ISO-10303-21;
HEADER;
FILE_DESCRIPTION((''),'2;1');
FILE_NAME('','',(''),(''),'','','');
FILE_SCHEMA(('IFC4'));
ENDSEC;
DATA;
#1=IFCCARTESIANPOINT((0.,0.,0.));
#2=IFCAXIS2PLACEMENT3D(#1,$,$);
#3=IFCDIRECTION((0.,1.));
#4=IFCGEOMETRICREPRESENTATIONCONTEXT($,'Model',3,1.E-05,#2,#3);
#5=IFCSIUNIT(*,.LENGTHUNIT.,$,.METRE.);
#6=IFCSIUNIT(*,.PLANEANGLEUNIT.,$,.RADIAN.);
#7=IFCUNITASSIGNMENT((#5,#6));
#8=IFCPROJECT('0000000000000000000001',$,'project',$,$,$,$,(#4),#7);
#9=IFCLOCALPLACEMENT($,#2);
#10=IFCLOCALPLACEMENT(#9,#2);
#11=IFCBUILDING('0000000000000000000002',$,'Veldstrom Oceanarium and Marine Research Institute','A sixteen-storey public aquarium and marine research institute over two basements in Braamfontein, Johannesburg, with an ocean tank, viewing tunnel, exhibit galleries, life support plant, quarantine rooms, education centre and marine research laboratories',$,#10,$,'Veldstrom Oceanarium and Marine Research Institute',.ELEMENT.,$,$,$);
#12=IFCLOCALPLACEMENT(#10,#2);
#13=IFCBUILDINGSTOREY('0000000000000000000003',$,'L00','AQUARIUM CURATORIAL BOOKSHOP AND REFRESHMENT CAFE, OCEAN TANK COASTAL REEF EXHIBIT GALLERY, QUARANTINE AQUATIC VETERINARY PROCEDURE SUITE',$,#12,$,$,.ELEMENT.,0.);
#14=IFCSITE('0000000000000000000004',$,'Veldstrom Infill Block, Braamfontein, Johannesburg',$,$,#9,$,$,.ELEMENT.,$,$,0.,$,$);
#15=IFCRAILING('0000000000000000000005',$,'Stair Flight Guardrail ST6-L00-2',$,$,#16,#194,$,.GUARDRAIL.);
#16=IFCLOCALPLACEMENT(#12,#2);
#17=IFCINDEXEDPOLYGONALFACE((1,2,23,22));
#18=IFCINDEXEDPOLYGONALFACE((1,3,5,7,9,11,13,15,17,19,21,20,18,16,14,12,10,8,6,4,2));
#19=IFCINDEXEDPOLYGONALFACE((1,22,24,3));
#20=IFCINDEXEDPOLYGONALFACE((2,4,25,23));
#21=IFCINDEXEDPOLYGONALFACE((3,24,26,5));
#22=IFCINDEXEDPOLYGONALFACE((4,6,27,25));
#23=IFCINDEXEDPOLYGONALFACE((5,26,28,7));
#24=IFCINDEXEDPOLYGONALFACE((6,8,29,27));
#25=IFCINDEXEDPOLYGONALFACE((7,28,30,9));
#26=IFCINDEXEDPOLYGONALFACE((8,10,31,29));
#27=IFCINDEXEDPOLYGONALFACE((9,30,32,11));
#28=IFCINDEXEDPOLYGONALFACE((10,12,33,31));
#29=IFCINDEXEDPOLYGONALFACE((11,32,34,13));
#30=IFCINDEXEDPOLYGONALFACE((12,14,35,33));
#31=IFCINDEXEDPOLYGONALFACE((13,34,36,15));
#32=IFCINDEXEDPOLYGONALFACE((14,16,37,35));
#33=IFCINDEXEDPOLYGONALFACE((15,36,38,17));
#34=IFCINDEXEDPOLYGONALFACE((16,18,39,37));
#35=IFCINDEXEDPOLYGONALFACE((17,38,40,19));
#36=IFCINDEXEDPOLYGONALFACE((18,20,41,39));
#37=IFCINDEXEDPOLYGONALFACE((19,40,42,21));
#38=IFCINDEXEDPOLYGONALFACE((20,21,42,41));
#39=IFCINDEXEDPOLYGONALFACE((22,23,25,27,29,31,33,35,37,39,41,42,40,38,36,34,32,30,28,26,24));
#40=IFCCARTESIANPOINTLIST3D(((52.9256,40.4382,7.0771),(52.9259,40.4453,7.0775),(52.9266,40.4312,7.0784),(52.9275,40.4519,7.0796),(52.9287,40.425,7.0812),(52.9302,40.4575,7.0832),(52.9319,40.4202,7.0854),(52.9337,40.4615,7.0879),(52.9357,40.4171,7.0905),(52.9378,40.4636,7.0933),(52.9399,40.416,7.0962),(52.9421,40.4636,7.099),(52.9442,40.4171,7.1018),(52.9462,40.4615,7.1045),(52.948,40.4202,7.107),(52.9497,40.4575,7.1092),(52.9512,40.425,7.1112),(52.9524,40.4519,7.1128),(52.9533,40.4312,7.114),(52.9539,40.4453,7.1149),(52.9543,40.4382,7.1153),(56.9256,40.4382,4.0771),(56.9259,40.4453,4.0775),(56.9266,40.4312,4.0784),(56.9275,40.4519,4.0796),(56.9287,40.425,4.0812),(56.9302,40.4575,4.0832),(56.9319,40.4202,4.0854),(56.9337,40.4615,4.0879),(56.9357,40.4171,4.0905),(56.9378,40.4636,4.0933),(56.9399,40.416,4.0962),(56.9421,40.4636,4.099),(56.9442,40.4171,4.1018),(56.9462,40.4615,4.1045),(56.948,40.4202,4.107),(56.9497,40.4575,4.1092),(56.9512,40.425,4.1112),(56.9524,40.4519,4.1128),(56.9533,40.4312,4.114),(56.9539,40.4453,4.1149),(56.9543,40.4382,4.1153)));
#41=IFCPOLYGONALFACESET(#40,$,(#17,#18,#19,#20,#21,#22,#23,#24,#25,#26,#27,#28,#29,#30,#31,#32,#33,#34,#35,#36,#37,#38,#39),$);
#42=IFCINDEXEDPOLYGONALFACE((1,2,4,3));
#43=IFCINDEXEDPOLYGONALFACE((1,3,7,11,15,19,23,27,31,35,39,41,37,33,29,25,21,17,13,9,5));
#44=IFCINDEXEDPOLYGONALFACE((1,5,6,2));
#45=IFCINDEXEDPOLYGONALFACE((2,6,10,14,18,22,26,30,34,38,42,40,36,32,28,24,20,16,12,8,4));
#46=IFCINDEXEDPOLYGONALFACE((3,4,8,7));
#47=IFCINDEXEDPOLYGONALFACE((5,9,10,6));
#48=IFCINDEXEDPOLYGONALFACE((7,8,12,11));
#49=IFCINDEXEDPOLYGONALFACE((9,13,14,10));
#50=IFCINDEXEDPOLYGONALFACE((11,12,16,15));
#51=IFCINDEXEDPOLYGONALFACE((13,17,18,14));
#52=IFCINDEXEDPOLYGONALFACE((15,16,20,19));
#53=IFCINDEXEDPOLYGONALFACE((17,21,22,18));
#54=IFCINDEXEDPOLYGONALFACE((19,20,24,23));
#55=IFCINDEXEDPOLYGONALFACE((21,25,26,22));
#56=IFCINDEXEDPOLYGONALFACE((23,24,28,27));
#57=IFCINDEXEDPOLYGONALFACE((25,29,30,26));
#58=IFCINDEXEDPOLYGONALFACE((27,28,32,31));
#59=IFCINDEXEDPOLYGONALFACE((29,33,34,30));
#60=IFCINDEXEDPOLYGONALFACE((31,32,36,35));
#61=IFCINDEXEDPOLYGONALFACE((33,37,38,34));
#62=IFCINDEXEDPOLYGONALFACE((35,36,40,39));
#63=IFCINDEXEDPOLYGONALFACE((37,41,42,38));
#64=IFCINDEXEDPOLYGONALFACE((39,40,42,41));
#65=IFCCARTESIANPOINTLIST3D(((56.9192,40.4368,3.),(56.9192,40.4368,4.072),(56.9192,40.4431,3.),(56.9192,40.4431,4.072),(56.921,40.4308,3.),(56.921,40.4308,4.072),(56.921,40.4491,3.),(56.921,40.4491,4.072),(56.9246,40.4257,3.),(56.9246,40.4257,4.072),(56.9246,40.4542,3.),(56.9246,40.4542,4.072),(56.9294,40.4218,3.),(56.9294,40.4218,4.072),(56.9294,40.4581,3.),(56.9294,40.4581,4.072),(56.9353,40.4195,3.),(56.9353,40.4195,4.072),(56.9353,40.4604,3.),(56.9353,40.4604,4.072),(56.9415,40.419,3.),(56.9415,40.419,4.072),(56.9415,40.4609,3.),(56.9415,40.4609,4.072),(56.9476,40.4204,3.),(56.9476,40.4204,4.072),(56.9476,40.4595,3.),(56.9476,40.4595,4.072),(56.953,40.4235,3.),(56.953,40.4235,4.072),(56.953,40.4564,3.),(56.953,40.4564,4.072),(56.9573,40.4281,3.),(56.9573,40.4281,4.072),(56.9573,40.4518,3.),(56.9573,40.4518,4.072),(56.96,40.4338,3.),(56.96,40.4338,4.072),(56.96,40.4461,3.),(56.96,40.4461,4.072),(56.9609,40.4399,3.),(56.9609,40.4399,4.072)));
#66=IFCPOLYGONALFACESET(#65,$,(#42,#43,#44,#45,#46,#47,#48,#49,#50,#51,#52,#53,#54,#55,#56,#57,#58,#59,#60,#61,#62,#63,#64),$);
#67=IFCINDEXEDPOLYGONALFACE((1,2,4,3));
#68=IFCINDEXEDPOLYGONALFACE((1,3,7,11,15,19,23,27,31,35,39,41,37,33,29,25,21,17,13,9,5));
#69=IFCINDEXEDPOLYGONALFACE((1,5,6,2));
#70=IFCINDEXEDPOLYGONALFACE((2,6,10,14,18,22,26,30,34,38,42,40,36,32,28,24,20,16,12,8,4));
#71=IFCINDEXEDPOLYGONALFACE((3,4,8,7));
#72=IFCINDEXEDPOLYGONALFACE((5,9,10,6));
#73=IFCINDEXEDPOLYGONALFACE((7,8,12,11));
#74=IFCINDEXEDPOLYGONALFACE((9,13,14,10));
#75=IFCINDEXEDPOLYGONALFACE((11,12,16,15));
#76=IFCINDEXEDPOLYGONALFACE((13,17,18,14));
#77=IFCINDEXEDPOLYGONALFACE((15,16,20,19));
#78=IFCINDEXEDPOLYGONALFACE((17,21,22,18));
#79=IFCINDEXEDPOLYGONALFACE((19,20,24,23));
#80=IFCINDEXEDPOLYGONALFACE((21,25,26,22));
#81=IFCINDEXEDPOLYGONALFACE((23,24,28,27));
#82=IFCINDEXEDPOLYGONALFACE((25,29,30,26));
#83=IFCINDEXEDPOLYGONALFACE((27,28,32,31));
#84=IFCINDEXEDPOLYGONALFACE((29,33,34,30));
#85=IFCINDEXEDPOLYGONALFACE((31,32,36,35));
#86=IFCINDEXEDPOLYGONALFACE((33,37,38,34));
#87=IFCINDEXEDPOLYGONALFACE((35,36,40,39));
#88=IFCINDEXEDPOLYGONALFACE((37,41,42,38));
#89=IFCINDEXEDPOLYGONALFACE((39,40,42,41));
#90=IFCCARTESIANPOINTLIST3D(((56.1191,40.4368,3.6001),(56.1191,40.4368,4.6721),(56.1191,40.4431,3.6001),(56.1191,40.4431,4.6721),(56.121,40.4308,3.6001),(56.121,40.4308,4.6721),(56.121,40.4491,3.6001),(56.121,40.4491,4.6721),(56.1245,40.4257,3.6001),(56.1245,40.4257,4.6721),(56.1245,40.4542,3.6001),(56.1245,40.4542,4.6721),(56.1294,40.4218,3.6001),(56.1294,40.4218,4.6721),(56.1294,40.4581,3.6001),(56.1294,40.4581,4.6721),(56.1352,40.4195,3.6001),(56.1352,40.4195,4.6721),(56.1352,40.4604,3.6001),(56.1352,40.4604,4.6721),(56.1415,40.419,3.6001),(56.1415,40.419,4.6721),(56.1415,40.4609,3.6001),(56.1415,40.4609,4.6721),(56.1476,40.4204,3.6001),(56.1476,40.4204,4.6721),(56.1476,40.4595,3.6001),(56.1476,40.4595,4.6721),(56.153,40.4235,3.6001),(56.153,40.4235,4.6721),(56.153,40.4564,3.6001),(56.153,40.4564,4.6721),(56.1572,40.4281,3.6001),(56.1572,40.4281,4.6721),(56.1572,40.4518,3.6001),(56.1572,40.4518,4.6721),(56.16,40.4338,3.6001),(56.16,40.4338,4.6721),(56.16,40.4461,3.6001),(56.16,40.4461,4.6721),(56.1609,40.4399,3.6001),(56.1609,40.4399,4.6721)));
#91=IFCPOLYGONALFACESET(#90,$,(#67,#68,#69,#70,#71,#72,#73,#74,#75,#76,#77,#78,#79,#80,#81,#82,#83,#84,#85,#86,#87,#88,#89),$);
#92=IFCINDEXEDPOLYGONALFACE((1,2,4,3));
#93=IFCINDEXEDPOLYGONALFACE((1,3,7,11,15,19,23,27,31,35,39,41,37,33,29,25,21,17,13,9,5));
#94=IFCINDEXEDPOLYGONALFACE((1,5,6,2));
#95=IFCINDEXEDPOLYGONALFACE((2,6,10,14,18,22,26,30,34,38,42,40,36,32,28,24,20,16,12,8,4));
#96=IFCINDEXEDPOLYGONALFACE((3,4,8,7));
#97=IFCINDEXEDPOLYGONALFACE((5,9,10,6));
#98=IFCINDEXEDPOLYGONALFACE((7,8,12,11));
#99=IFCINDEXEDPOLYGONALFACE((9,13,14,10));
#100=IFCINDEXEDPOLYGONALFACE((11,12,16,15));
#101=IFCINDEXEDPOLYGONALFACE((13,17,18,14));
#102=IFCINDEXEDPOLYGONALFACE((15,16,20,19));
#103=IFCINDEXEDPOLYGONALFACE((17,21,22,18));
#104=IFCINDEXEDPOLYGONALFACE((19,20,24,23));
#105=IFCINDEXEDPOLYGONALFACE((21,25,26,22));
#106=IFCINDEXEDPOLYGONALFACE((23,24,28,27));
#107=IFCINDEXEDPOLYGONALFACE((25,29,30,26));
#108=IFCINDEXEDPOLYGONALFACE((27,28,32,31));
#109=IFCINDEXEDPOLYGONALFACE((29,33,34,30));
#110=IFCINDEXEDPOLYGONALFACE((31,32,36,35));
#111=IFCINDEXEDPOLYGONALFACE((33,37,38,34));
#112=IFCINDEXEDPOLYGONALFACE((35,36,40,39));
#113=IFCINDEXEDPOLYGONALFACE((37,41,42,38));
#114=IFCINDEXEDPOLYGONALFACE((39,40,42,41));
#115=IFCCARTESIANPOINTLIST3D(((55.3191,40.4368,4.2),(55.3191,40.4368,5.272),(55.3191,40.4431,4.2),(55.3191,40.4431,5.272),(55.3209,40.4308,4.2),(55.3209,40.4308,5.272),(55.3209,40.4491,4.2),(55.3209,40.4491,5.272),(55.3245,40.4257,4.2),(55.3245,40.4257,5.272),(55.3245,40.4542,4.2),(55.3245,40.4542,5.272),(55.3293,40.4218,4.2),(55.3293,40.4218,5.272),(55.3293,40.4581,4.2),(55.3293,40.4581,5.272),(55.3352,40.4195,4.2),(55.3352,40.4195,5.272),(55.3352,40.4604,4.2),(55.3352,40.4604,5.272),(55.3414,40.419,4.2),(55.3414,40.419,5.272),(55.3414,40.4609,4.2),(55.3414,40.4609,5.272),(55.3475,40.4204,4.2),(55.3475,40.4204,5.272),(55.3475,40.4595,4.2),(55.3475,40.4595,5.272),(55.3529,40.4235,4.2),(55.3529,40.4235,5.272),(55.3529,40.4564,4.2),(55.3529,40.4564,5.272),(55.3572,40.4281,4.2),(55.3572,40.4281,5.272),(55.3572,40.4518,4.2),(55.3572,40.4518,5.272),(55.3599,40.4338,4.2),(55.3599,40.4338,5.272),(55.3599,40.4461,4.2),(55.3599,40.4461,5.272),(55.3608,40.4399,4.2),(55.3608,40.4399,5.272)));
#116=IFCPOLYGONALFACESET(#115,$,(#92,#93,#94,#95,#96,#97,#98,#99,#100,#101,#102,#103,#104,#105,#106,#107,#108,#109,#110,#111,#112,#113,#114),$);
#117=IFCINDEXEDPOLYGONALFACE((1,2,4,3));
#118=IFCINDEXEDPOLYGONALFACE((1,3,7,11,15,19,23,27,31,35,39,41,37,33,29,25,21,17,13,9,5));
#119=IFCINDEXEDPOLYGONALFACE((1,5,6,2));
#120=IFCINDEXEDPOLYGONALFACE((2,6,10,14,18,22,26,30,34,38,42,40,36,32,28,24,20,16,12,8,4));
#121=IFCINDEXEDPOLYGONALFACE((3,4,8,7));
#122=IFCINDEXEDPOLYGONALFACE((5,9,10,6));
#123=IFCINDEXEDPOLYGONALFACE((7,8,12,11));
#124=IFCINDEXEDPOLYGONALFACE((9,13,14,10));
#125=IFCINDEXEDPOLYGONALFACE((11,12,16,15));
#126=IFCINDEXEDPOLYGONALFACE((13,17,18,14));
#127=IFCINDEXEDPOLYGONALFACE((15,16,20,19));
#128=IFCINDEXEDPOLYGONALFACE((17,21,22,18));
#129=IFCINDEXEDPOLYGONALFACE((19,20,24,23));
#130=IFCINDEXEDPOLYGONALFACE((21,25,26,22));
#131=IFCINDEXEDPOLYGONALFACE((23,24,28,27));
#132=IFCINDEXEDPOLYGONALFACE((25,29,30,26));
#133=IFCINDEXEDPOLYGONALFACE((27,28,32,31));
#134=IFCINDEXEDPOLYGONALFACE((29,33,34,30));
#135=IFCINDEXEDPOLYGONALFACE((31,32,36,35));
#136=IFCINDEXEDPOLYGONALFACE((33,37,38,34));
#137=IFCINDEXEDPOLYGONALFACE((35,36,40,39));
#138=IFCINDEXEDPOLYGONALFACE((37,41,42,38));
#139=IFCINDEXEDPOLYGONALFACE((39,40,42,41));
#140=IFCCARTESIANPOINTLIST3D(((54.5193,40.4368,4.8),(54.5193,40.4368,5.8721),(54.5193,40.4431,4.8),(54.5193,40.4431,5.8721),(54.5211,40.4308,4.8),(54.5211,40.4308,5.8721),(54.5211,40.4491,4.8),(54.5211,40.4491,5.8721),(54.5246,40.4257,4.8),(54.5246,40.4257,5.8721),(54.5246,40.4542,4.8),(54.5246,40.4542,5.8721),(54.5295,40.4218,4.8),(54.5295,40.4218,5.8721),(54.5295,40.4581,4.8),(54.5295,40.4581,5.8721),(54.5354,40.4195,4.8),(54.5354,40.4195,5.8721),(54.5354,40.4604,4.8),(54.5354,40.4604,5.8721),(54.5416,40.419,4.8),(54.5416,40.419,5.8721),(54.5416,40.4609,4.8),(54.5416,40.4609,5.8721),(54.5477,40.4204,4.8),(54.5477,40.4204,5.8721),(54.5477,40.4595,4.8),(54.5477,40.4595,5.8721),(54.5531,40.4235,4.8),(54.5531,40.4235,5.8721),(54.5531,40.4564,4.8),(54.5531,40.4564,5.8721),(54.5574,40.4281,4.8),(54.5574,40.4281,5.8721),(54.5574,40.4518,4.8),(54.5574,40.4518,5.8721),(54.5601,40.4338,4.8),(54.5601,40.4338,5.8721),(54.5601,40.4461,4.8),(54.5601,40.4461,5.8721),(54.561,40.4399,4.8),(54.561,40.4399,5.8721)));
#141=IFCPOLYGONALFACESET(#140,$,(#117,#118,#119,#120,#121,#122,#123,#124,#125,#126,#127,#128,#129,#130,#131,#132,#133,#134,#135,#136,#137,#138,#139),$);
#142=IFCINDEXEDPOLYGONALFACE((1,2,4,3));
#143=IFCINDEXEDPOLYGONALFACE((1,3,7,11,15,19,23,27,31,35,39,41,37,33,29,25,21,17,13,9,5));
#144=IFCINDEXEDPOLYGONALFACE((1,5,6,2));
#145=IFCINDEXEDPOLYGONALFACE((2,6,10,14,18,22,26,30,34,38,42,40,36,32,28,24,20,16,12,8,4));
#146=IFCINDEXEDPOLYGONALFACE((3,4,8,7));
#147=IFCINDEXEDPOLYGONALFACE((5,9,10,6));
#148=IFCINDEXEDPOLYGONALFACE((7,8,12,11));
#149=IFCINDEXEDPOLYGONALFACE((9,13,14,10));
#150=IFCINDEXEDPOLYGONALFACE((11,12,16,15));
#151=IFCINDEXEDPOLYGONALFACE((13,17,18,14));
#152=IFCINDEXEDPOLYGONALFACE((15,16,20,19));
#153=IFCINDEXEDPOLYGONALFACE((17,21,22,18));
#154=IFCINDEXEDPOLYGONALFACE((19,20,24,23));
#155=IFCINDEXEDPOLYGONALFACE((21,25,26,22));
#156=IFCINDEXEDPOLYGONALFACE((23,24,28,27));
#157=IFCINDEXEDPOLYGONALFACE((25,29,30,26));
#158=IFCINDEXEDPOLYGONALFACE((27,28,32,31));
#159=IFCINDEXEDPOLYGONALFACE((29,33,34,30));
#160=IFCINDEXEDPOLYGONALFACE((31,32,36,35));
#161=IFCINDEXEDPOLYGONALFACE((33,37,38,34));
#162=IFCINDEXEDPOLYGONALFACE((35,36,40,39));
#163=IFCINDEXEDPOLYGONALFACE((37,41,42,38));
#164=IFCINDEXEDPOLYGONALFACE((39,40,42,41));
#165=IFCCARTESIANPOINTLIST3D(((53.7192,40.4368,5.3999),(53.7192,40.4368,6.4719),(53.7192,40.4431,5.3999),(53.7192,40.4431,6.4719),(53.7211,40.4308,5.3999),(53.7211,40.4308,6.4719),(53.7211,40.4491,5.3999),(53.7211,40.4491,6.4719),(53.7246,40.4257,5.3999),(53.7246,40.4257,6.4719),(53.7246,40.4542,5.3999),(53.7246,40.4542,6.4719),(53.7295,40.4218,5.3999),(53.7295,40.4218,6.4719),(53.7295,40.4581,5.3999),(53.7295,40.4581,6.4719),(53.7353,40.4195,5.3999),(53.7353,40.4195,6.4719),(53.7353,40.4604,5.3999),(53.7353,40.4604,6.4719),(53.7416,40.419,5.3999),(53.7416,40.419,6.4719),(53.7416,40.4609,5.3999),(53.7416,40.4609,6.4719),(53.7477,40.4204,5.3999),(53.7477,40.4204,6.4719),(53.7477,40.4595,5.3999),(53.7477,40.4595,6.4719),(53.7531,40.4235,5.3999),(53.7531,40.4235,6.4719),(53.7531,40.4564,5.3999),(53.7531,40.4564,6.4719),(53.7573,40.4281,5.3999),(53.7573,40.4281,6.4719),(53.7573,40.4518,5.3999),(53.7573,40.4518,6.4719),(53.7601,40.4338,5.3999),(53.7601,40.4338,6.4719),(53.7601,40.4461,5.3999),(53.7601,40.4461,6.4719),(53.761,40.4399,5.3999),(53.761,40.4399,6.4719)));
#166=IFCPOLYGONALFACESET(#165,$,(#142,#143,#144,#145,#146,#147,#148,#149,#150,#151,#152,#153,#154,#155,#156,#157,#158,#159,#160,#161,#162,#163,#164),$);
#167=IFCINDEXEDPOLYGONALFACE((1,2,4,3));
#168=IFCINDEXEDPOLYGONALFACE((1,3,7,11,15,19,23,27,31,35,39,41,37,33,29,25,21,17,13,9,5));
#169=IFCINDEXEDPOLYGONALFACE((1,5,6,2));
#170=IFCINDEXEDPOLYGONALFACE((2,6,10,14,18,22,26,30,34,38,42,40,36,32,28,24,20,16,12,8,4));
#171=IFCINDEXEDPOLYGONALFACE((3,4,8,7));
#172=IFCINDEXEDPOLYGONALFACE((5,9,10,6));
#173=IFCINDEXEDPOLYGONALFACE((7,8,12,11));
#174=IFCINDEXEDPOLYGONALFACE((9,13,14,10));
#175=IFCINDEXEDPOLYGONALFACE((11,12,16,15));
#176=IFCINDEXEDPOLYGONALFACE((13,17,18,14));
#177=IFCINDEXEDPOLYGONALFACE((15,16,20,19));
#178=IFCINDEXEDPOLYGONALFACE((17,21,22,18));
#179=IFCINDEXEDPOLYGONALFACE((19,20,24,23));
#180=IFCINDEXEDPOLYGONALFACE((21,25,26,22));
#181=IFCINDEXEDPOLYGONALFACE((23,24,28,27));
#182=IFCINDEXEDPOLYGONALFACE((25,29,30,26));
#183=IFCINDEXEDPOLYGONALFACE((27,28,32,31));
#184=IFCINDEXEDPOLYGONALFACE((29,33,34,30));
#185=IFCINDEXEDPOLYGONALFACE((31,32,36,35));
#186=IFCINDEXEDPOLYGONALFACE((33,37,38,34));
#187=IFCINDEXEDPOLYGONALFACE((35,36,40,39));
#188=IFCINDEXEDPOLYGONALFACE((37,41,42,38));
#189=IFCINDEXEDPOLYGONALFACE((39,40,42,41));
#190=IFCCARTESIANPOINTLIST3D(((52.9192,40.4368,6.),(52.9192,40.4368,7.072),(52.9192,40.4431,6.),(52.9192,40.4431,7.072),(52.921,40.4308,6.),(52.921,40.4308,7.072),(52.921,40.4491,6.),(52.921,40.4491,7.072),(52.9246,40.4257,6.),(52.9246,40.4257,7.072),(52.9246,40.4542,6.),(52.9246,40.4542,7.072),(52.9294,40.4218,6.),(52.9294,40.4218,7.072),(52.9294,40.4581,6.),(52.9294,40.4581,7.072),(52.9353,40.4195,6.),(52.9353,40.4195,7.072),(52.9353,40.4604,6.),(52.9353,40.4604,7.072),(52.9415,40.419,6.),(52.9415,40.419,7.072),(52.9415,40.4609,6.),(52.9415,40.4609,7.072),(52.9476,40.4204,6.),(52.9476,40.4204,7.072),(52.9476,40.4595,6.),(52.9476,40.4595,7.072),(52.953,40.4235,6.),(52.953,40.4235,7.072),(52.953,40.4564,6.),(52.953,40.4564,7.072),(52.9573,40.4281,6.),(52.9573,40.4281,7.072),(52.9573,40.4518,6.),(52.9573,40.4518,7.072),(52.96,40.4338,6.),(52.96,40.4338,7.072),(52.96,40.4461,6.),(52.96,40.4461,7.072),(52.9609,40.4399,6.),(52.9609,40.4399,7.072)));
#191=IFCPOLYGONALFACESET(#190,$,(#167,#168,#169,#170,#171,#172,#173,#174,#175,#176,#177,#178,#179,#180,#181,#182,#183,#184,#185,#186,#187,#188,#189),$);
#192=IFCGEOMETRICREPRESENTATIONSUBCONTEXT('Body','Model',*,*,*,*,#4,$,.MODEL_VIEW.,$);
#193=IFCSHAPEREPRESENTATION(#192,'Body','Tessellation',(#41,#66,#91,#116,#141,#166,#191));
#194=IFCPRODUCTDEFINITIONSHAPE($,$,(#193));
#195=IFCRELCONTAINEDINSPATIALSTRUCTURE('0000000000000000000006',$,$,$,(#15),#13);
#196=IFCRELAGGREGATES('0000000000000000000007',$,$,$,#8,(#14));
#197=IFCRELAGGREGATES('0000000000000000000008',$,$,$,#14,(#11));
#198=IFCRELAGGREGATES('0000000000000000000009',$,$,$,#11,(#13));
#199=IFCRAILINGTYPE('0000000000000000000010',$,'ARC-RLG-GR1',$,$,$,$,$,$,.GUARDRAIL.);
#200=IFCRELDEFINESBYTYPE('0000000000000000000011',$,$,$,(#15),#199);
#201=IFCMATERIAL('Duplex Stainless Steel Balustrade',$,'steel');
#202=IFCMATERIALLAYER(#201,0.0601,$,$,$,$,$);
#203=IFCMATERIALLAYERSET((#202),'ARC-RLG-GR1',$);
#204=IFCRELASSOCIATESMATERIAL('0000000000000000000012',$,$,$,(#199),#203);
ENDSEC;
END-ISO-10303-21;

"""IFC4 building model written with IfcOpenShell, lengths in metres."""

from ifc_helpers import new_model, si_unit, direction, frame, origin, origin_2d, place, context, subcontext, project, spatial, circle, extrude, material, layer, layer_set, type_object, element, save


model = new_model("IFC4")

# Units and contexts
model_context = context("Model", 3, precision=1e-05, world=origin(), true_north=direction((0.0, 1.0)))
body_context = subcontext(model_context, "Body", "Model", "MODEL_VIEW")
ifc_project = project(units=[si_unit("LENGTHUNIT", "METRE"), si_unit("PLANEANGLEUNIT", "RADIAN")], contexts=[model_context])

# Site, building, storey
site_placement = place(None, origin())
site = spatial("IfcSite", under=ifc_project, at=site_placement, Name="Veldstrom Infill Block, Braamfontein, Johannesburg", CompositionType="ELEMENT", RefElevation=0.0)
building_placement = place(site_placement, origin())
building = spatial("IfcBuilding", under=site, at=building_placement, Name="Veldstrom Oceanarium and Marine Research Institute", Description="A sixteen-storey public aquarium and marine research institute over two basements in Braamfontein, Johannesburg, with an ocean tank, viewing tunnel, exhibit galleries, life support plant, quarantine rooms, education centre and marine research laboratories", LongName="Veldstrom Oceanarium and Marine Research Institute", CompositionType="ELEMENT")
storey_placement = place(building_placement, origin())
storey = spatial("IfcBuildingStorey", under=building, at=storey_placement, Name="L00", Description="AQUARIUM CURATORIAL BOOKSHOP AND REFRESHMENT CAFE, OCEAN TANK COASTAL REEF EXHIBIT GALLERY, QUARANTINE AQUATIC VETERINARY PROCEDURE SUITE", CompositionType="ELEMENT", Elevation=0.0)

# Railing
ifc_material_1 = material(Name="Duplex Stainless Steel Balustrade", Category="steel")
ifc_layer_1 = layer(ifc_material_1, 0.0601)
ifc_layer_set_1 = layer_set([ifc_layer_1], Name="ARC-RLG-GR1")
railing_type_1 = type_object("IfcRailingType", Name="ARC-RLG-GR1", PredefinedType="GUARDRAIL", material=ifc_layer_set_1)
railing_1_placement = place(storey_placement, frame((56.9399, 40.4399, 3.0)))
element("IfcRailing", 1, at=railing_1_placement, inside=storey, type_object=railing_type_1, Name="Stair Flight Guardrail ST6-L00-2", PredefinedType="GUARDRAIL", context=body_context, shape_type="SweptSolid", body=[
    extrude(circle(Radius=0.0239, at=origin_2d()), frame((0.0, 0.0, 1.0962), z_axis=(-0.8, 0.0, 0.6), x_axis=(0.0, -1.0, 0.0)), (0.0, 0.0, 1.0), 5.0),
    extrude(circle(Radius=0.021, at=origin_2d()), origin(), (0.0, 0.0, 1.0), 1.072),
    extrude(circle(Radius=0.021, at=origin_2d()), frame((-0.8, 0.0, 0.6001)), (0.0, 0.0, 1.0), 1.072),
    extrude(circle(Radius=0.021, at=origin_2d()), frame((-1.6001, 0.0, 1.2)), (0.0, 0.0, 1.0), 1.072),
    extrude(circle(Radius=0.021, at=origin_2d()), frame((-2.3999, 0.0, 1.8)), (0.0, 0.0, 1.0), 1.072),
    extrude(circle(Radius=0.021, at=origin_2d()), frame((-3.2, 0.0, 2.3999)), (0.0, 0.0, 1.0), 1.072),
    extrude(circle(Radius=0.021, at=origin_2d()), frame((-4.0, 0.0, 3.0)), (0.0, 0.0, 1.0), 1.072),
])

save(model, "model.ifc")
